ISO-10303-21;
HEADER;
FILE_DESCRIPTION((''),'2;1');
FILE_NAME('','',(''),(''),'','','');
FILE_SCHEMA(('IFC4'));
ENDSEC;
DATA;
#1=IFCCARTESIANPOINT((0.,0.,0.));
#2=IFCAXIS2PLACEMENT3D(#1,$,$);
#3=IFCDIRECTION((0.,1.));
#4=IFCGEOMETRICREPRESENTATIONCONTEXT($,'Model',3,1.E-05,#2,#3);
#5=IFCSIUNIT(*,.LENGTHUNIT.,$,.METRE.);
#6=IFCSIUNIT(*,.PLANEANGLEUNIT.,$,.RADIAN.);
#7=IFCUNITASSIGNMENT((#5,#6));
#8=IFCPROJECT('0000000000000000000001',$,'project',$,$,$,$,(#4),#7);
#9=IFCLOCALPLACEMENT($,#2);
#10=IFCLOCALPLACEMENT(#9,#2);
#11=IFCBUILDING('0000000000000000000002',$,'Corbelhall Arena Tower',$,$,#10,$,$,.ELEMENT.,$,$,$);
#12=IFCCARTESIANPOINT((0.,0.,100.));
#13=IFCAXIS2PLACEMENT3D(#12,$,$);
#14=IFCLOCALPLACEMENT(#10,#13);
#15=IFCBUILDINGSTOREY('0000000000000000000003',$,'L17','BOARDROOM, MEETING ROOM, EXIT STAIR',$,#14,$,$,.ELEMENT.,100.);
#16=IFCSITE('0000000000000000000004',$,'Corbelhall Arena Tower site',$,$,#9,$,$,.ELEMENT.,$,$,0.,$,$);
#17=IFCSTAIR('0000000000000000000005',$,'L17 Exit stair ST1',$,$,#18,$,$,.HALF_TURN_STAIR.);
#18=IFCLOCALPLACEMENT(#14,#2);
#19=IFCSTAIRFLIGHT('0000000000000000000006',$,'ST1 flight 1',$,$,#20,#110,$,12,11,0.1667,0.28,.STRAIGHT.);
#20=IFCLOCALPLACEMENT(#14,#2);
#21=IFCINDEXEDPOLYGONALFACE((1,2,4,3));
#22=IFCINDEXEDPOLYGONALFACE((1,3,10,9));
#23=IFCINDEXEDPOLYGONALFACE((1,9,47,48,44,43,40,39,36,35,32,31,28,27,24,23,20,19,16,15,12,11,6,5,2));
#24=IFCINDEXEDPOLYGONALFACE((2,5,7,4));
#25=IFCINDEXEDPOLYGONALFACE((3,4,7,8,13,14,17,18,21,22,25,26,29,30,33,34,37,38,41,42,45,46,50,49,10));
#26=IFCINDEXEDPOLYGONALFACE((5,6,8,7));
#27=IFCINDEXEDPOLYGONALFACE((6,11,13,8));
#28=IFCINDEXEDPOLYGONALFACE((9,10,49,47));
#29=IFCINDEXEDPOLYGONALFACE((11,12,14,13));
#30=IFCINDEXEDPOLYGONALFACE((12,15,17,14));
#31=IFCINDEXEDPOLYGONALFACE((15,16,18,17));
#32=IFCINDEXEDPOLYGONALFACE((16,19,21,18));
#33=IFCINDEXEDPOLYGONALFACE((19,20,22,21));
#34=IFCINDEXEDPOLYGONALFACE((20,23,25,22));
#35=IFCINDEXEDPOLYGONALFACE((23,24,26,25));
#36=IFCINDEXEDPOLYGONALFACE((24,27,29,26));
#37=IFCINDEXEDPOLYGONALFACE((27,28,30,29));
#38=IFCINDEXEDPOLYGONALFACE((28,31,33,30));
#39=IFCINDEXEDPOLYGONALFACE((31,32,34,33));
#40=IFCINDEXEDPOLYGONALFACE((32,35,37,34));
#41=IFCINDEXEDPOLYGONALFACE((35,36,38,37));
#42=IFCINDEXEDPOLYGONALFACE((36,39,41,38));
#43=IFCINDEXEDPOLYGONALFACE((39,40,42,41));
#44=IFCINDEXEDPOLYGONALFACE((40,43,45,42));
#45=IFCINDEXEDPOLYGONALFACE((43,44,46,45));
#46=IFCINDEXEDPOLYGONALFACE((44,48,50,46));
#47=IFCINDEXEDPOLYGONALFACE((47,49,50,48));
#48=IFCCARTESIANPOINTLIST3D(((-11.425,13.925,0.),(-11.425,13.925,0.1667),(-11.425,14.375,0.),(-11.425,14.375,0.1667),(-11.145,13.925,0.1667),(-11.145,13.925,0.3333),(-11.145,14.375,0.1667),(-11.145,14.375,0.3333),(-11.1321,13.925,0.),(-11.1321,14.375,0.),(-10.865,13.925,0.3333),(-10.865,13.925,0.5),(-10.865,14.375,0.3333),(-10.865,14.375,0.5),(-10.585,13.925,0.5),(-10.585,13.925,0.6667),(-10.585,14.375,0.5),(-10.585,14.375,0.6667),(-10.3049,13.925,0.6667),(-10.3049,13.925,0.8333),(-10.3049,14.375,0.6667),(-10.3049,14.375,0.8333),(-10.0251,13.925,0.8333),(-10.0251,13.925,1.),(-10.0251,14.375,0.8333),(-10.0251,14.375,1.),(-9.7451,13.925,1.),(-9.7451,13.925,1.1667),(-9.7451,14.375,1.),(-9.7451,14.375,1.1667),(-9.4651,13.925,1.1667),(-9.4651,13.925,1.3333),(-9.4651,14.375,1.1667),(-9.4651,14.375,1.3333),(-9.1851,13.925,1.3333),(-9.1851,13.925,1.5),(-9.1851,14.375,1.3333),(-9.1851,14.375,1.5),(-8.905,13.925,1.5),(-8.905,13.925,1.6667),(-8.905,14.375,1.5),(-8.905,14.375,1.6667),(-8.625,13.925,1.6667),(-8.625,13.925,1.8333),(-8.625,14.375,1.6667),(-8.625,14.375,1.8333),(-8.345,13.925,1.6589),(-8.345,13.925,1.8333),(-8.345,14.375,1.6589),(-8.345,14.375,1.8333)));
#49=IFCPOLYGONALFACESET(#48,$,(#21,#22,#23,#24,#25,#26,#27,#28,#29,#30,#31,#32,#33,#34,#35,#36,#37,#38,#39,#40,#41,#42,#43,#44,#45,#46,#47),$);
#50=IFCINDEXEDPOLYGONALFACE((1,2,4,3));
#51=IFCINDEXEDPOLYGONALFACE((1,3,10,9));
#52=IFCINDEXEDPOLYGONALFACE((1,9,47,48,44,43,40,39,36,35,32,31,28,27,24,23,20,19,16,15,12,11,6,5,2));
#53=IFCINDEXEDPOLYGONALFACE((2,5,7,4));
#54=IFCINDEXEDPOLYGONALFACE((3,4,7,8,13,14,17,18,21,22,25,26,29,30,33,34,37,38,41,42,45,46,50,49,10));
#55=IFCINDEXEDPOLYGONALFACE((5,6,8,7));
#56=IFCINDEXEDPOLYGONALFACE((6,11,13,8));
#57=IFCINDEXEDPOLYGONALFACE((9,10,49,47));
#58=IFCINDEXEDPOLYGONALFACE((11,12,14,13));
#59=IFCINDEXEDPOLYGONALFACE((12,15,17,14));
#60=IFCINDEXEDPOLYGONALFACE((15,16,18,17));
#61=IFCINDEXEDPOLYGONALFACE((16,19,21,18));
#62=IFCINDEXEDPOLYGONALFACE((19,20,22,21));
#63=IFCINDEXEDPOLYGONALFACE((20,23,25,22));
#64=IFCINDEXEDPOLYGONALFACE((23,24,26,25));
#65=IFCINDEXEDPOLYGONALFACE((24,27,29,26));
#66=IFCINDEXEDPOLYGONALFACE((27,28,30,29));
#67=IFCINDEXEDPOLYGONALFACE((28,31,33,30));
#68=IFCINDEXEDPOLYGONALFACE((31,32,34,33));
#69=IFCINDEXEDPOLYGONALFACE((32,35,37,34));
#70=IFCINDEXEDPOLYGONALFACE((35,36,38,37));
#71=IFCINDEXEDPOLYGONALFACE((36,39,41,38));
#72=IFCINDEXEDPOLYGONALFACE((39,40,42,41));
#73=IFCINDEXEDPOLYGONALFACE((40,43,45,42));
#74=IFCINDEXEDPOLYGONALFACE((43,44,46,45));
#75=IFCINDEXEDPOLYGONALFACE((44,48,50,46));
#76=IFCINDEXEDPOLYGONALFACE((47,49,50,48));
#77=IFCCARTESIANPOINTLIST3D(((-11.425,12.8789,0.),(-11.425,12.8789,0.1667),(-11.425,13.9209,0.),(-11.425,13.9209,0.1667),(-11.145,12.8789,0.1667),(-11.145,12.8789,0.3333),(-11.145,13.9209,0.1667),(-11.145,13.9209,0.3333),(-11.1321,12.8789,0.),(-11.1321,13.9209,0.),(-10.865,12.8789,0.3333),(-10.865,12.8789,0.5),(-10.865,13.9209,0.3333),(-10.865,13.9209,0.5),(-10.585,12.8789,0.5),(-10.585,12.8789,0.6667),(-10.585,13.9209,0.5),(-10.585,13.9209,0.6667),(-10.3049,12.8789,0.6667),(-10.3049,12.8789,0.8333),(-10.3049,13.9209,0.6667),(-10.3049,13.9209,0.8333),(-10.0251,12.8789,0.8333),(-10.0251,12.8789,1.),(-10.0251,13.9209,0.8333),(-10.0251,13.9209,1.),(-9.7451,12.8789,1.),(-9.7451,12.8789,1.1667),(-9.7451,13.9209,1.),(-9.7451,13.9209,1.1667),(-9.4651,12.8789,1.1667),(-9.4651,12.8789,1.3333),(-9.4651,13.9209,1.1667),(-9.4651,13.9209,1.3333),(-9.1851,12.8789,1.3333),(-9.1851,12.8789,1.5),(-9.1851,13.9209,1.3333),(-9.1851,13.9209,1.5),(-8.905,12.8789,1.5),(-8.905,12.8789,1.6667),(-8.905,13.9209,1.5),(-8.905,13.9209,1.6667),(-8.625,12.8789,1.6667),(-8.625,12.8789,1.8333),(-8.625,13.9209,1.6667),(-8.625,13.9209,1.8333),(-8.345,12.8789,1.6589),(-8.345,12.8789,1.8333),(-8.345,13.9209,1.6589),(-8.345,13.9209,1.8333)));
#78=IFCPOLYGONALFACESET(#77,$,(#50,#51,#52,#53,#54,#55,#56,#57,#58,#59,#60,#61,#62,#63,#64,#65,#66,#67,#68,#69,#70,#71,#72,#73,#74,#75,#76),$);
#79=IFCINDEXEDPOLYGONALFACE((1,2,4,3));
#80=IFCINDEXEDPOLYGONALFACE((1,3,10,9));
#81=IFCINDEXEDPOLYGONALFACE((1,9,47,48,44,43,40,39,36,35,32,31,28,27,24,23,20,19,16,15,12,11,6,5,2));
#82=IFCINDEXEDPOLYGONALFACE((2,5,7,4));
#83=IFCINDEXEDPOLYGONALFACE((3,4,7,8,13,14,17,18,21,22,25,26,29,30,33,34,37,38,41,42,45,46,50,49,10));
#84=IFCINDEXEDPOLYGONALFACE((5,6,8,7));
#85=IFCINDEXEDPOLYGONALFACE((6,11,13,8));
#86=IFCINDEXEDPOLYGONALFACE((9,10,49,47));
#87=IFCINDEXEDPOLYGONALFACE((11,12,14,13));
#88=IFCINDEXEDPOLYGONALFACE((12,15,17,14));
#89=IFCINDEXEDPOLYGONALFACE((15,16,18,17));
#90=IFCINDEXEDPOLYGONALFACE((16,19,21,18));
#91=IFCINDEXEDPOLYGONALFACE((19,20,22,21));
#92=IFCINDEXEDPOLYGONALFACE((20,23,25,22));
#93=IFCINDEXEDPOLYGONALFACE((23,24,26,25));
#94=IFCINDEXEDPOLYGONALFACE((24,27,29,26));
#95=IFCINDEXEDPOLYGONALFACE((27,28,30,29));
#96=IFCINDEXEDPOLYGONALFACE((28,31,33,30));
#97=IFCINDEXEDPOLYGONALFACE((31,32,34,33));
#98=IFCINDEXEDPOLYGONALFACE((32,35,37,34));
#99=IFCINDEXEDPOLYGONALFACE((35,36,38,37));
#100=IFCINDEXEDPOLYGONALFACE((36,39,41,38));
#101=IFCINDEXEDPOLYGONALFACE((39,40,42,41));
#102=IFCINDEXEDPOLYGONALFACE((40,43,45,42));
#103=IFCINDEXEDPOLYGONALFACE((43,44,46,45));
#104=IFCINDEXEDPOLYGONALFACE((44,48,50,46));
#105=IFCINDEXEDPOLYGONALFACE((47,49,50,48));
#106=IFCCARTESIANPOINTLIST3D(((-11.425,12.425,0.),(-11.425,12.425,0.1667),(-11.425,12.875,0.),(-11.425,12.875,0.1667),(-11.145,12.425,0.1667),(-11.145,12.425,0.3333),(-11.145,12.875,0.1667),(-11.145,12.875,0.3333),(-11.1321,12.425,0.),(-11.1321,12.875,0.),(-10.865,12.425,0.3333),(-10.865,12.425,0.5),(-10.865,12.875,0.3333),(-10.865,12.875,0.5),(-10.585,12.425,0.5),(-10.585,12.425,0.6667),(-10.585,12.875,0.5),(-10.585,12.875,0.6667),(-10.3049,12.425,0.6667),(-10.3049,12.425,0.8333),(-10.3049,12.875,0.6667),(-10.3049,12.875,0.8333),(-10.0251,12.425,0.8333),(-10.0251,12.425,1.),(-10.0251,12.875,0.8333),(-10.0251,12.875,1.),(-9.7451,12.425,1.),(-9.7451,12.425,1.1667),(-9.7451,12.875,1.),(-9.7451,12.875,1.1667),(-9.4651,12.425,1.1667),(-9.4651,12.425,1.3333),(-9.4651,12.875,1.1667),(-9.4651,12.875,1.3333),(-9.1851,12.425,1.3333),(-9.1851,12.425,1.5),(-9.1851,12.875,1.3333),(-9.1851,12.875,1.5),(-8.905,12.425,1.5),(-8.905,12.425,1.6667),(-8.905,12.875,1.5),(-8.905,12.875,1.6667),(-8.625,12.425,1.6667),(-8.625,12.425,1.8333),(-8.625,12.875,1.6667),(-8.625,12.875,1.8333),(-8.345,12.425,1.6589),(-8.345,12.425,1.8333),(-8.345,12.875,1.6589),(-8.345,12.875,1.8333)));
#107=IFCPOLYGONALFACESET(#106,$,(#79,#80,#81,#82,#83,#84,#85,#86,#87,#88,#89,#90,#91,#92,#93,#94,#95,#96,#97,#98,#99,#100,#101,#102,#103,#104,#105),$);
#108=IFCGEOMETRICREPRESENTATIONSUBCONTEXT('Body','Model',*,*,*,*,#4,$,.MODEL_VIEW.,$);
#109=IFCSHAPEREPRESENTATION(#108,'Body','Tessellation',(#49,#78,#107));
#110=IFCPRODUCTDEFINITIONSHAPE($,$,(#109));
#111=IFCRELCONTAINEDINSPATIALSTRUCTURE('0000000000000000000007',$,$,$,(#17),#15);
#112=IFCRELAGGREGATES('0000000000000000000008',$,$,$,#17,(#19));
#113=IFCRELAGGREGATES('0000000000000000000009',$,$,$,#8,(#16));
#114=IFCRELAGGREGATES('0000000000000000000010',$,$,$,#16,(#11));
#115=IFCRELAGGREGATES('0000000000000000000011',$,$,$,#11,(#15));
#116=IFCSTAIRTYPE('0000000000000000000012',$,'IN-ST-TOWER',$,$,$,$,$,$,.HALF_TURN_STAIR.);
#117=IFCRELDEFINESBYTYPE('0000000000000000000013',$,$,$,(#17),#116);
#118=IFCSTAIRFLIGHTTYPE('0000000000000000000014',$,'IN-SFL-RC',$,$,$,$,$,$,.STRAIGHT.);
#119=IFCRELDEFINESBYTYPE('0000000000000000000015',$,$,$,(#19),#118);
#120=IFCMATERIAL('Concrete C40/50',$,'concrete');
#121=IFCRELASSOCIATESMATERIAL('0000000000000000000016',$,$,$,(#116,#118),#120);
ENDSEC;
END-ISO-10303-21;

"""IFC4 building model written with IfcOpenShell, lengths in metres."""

from ifc_helpers import new_model, si_unit, direction, frame, origin, place, context, subcontext, project, spatial, polyline, outline, extrude, material, type_object, element, aggregate, save


model = new_model("IFC4")

# Units and contexts
model_context = context("Model", 3, precision=1e-05, world=origin(), true_north=direction((0.0, 1.0)))
body_context = subcontext(model_context, "Body", "Model", "MODEL_VIEW")
ifc_project = project(units=[si_unit("LENGTHUNIT", "METRE"), si_unit("PLANEANGLEUNIT", "RADIAN")], contexts=[model_context])

# Site, building, storey
site_placement = place(None, origin())
site = spatial("IfcSite", under=ifc_project, at=site_placement, Name="Corbelhall Arena Tower site", CompositionType="ELEMENT", RefElevation=0.0)
building_placement = place(site_placement, origin())
building = spatial("IfcBuilding", under=site, at=building_placement, Name="Corbelhall Arena Tower", CompositionType="ELEMENT")
storey_placement = place(building_placement, frame((0.0, 0.0, 100.0)))
storey = spatial("IfcBuildingStorey", under=building, at=storey_placement, Name="L17", Description="BOARDROOM, MEETING ROOM, EXIT STAIR", CompositionType="ELEMENT", Elevation=100.0)

# Shared definitions
ifc_material_1 = material(Name="Concrete C40/50", Category="concrete")

# Stair, stair flight
stair_type = type_object("IfcStairType", Name="IN-ST-TOWER", PredefinedType="HALF_TURN_STAIR", material=ifc_material_1)
stair_placement = place(storey_placement, origin())
stair = element("IfcStair", 1, at=stair_placement, inside=storey, type_object=stair_type, Name="L17 Exit stair ST1", PredefinedType="HALF_TURN_STAIR")
stair_flight_type = type_object("IfcStairFlightType", Name="IN-SFL-RC", PredefinedType="STRAIGHT", material=ifc_material_1)
stair_flight_placement = place(storey_placement, frame((-11.425, 13.3999, 0.0), z_axis=(0.0, 0.0, 1.0), x_axis=(1.0, 0.0, 0.0)))
stair_flight = element("IfcStairFlight", 2, at=stair_flight_placement, type_object=stair_flight_type, Name="ST1 flight 1", NumberOfRisers=12, NumberOfTreads=11, PredefinedType="STRAIGHT", RiserHeight=0.1667, TreadLength=0.28, context=body_context, shape_type="SweptSolid", body=[
    extrude(outline(polyline([(0.0, 0.0), (0.0, 0.1667), (0.28, 0.1667), (0.28, 0.3333), (0.5601, 0.3333), (0.5601, 0.5), (0.8401, 0.5), (0.8401, 0.6667), (1.1201, 0.6667), (1.1201, 0.8333), (1.3999, 0.8333), (1.3999, 1.0), (1.6799, 1.0), (1.6799, 1.1667), (1.96, 1.1667), (1.96, 1.3333), (2.24, 1.3333), (2.24, 1.5), (2.52, 1.5), (2.52, 1.6667), (2.8, 1.6667), (2.8, 1.8333), (3.0801, 1.8333), (3.0801, 2.0), (3.0801, 1.6589), (0.293, 0.0), (0.0, 0.0)])), frame((0.0, 0.9751, 0.0), z_axis=(0.0, -1.0, 0.0), x_axis=(1.0, 0.0, 0.0)), (0.0, 0.0, 1.0), 0.45),
    extrude(outline(polyline([(0.0, 0.0), (0.0, 0.1667), (0.28, 0.1667), (0.28, 0.3333), (0.5601, 0.3333), (0.5601, 0.5), (0.8401, 0.5), (0.8401, 0.6667), (1.1201, 0.6667), (1.1201, 0.8333), (1.3999, 0.8333), (1.3999, 1.0), (1.6799, 1.0), (1.6799, 1.1667), (1.96, 1.1667), (1.96, 1.3333), (2.24, 1.3333), (2.24, 1.5), (2.52, 1.5), (2.52, 1.6667), (2.8, 1.6667), (2.8, 1.8333), (3.0801, 1.8333), (3.0801, 2.0), (3.0801, 1.6589), (0.293, 0.0), (0.0, 0.0)])), frame((0.0, 0.521, 0.0), z_axis=(0.0, -1.0, 0.0), x_axis=(1.0, 0.0, 0.0)), (0.0, 0.0, 1.0), 1.042),
    extrude(outline(polyline([(0.0, 0.0), (0.0, 0.1667), (0.28, 0.1667), (0.28, 0.3333), (0.5601, 0.3333), (0.5601, 0.5), (0.8401, 0.5), (0.8401, 0.6667), (1.1201, 0.6667), (1.1201, 0.8333), (1.3999, 0.8333), (1.3999, 1.0), (1.6799, 1.0), (1.6799, 1.1667), (1.96, 1.1667), (1.96, 1.3333), (2.24, 1.3333), (2.24, 1.5), (2.52, 1.5), (2.52, 1.6667), (2.8, 1.6667), (2.8, 1.8333), (3.0801, 1.8333), (3.0801, 2.0), (3.0801, 1.6589), (0.293, 0.0), (0.0, 0.0)])), frame((0.0, -0.5249, 0.0), z_axis=(0.0, -1.0, 0.0), x_axis=(1.0, 0.0, 0.0)), (0.0, 0.0, 1.0), 0.45),
])
aggregate(stair, [stair_flight])

save(model, "model.ifc")
